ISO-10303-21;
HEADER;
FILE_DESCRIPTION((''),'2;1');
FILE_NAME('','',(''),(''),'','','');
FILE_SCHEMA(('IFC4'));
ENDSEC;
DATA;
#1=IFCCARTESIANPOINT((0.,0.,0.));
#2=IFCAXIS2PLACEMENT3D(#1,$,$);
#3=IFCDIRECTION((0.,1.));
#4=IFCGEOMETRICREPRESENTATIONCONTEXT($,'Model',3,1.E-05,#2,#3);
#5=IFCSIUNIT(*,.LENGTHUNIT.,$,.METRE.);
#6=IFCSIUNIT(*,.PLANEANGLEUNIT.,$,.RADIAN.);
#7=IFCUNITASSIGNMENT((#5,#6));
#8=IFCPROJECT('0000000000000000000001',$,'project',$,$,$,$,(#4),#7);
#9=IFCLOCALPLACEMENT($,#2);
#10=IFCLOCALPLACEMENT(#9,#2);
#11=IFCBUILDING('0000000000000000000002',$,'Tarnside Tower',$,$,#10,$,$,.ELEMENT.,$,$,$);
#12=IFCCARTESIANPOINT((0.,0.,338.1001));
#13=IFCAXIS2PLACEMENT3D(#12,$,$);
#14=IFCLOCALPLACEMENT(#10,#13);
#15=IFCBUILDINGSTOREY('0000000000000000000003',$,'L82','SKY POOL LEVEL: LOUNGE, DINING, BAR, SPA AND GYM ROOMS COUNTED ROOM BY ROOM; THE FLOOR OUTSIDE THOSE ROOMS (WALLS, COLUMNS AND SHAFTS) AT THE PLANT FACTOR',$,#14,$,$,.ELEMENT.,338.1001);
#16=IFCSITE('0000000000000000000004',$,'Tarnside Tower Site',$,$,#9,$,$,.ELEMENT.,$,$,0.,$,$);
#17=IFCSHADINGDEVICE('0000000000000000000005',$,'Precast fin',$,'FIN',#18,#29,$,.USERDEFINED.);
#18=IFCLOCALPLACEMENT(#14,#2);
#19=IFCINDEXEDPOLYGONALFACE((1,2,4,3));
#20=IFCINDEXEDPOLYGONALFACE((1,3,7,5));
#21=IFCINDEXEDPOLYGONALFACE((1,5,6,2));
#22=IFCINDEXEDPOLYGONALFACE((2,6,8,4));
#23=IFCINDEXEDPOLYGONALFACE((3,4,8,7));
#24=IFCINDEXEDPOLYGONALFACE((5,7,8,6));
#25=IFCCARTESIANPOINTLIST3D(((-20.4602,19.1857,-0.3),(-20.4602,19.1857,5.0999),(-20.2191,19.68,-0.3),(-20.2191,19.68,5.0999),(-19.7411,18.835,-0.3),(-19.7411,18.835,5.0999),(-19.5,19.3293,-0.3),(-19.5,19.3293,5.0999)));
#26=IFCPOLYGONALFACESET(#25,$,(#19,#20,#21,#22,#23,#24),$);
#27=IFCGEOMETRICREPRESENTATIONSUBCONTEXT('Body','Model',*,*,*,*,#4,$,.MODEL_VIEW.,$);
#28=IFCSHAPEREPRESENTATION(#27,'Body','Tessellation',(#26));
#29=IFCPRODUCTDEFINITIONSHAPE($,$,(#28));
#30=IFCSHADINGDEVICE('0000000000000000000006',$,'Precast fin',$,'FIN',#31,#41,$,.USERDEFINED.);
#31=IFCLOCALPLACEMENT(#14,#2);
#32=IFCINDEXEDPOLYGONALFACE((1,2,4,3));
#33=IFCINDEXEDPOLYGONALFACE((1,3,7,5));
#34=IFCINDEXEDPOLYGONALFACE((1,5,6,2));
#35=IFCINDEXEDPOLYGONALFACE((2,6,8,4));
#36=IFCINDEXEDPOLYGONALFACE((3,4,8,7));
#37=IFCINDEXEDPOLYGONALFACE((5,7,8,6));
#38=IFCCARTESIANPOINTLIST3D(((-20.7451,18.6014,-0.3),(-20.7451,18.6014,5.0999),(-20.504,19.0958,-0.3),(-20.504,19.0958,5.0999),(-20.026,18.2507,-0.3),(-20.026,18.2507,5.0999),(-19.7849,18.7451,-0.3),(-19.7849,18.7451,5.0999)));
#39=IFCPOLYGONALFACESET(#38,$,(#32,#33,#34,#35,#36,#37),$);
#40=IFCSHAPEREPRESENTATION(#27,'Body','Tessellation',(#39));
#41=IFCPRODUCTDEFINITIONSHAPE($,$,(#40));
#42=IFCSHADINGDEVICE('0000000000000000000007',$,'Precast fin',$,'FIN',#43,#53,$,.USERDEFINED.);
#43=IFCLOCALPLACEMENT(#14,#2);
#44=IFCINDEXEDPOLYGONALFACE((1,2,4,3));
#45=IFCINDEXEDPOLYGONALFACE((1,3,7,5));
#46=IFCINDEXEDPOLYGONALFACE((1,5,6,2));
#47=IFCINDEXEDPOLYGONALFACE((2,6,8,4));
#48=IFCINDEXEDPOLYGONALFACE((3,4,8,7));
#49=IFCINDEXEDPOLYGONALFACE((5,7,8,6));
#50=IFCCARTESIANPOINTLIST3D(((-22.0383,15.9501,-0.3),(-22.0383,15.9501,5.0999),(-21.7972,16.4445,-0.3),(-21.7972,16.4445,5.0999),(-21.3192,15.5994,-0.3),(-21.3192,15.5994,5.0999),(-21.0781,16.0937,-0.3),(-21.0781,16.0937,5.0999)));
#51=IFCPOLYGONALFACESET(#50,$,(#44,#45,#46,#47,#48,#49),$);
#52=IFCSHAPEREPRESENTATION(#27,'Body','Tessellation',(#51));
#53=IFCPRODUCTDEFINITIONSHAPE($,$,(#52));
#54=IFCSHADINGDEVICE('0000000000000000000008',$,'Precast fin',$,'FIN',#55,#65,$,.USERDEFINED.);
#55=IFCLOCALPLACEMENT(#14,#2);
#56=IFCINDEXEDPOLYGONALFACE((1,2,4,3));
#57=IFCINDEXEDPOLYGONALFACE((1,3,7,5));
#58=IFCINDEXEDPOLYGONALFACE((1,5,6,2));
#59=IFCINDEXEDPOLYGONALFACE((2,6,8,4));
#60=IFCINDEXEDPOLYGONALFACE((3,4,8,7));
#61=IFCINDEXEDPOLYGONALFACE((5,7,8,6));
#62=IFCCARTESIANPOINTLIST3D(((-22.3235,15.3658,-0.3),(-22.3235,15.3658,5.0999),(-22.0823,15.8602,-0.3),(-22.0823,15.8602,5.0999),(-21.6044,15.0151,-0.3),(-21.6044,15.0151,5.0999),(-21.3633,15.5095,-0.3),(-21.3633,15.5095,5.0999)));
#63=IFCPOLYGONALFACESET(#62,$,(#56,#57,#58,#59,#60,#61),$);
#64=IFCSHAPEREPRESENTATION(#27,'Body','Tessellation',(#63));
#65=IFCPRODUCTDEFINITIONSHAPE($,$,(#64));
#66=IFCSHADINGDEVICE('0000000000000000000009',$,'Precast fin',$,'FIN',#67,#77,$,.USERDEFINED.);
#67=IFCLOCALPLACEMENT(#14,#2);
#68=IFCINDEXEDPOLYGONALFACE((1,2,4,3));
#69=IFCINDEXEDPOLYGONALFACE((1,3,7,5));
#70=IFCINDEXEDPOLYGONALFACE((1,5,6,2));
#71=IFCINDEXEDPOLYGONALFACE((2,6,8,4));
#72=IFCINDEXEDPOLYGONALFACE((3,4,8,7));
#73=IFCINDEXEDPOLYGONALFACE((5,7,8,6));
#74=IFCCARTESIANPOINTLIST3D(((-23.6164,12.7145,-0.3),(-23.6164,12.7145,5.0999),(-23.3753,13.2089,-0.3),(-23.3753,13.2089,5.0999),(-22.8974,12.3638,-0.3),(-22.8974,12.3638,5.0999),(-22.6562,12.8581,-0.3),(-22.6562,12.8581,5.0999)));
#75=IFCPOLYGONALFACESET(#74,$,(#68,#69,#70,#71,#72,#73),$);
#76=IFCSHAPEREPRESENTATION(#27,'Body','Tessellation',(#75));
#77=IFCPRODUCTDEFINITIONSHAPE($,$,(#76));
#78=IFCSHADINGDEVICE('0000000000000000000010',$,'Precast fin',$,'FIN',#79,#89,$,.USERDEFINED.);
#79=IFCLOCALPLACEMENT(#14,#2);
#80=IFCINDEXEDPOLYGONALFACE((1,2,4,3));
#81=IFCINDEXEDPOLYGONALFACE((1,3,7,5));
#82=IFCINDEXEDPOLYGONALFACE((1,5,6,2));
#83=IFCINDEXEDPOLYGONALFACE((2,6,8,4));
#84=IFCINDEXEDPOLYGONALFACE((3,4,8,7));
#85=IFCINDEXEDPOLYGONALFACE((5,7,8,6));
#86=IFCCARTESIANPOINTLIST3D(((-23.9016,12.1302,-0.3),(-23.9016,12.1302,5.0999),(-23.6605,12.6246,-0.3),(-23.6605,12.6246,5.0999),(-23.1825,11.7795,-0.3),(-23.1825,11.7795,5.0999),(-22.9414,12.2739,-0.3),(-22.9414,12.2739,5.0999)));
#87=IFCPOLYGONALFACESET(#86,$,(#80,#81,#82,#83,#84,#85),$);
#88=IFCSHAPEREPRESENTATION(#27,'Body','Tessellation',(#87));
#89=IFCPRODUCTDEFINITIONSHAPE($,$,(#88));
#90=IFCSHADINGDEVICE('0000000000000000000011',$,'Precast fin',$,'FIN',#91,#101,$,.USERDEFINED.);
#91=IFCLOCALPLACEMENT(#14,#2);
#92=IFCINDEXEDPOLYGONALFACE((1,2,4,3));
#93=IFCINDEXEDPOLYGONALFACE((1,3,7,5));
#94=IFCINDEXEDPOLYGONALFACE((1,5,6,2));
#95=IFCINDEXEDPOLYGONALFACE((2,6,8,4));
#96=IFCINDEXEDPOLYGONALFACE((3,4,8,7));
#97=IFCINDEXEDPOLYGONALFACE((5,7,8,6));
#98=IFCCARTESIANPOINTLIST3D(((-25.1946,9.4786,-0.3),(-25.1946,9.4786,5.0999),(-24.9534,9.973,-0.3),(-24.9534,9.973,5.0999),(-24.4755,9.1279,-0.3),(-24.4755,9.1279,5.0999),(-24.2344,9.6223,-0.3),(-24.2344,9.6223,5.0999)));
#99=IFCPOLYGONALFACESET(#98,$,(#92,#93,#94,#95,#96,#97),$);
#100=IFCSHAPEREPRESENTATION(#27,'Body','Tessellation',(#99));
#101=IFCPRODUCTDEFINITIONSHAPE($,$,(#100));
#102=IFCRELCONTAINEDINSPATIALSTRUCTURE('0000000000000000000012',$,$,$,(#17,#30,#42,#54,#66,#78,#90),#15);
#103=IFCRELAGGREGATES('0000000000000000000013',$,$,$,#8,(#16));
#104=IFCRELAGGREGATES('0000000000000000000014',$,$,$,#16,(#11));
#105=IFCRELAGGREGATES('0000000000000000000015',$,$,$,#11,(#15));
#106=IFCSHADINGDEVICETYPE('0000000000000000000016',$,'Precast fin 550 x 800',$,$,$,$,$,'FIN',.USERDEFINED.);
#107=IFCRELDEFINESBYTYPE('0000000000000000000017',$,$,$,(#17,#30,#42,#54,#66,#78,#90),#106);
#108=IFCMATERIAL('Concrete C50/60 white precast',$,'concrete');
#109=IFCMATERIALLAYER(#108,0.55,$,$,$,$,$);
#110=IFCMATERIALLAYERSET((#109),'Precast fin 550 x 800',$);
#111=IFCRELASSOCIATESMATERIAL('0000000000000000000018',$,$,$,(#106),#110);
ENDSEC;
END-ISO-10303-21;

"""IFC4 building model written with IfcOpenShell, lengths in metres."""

from ifc_helpers import new_model, si_unit, direction, frame, origin, place, context, subcontext, project, spatial, polyline, outline, extrude, material, layer, layer_set, type_object, element, save


model = new_model("IFC4")

# Units and contexts
model_context = context("Model", 3, precision=1e-05, world=origin(), true_north=direction((0.0, 1.0)))
body_context = subcontext(model_context, "Body", "Model", "MODEL_VIEW")
ifc_project = project(units=[si_unit("LENGTHUNIT", "METRE"), si_unit("PLANEANGLEUNIT", "RADIAN")], contexts=[model_context])

# Site, building, storey
site_placement = place(None, origin())
site = spatial("IfcSite", under=ifc_project, at=site_placement, Name="Tarnside Tower Site", CompositionType="ELEMENT", RefElevation=0.0)
building_placement = place(site_placement, origin())
building = spatial("IfcBuilding", under=site, at=building_placement, Name="Tarnside Tower", CompositionType="ELEMENT")
storey_placement = place(building_placement, frame((0.0, 0.0, 338.1001)))
storey = spatial("IfcBuildingStorey", under=building, at=storey_placement, Name="L82", Description="SKY POOL LEVEL: LOUNGE, DINING, BAR, SPA AND GYM ROOMS COUNTED ROOM BY ROOM; THE FLOOR OUTSIDE THOSE ROOMS (WALLS, COLUMNS AND SHAFTS) AT THE PLANT FACTOR", CompositionType="ELEMENT", Elevation=338.1001)

# Shading devices
ifc_material_1 = material(Name="Concrete C50/60 white precast", Category="concrete")
ifc_layer_1 = layer(ifc_material_1, 0.55)
ifc_layer_set_1 = layer_set([ifc_layer_1], Name="Precast fin 550 x 800")
shading_device_type_1 = type_object("IfcShadingDeviceType", Name="Precast fin 550 x 800", ElementType="FIN", PredefinedType="USERDEFINED", material=ifc_layer_set_1)
for number, where, z_axis, x_axis, name in (
    (1, (-19.6206, 19.082, -0.3), (0.438371, 0.898794, 0.0), (-0.898794, 0.438371, 0.0), "Precast fin"),
    (2, (-19.9055, 18.4978, -0.3), (0.438371, 0.898794, 0.0), (-0.898794, 0.438371, 0.0), "Precast fin"),
    (3, (-21.1987, 15.8464, -0.3), (0.438371, 0.898794, 0.0), (-0.898794, 0.438371, 0.0), "Precast fin"),
    (4, (-21.4839, 15.2622, -0.3), (0.438371, 0.898794, 0.0), (-0.898794, 0.438371, 0.0), "Precast fin"),
    (5, (-22.7769, 12.6108, -0.3), (0.438371, 0.898794, 0.0), (-0.898794, 0.438371, 0.0), "Precast fin"),
    (6, (-23.062, 12.0266, -0.3), (0.438371, 0.898794, 0.0), (-0.898794, 0.438371, 0.0), "Precast fin"),
    (7, (-24.355, 9.375, -0.3), (0.438371, 0.898794, 0.0), (-0.898794, 0.438371, 0.0), "Precast fin"),
):
    element("IfcShadingDevice", number, at=place(storey_placement, frame(where, z_axis=z_axis, x_axis=x_axis)), inside=storey, type_object=shading_device_type_1, Name=name, ObjectType="FIN", PredefinedType="USERDEFINED", context=body_context, shape_type="SweptSolid", body=[
        extrude(outline(polyline([(0.0, 0.0), (0.8, 0.0), (0.8, 5.3999), (0.0, 5.3999), (0.0, 0.0)])), frame((0.0, 0.0, -0.2749)), (0.0, 0.0, 1.0), 0.55),
    ])

save(model, "model.ifc")
